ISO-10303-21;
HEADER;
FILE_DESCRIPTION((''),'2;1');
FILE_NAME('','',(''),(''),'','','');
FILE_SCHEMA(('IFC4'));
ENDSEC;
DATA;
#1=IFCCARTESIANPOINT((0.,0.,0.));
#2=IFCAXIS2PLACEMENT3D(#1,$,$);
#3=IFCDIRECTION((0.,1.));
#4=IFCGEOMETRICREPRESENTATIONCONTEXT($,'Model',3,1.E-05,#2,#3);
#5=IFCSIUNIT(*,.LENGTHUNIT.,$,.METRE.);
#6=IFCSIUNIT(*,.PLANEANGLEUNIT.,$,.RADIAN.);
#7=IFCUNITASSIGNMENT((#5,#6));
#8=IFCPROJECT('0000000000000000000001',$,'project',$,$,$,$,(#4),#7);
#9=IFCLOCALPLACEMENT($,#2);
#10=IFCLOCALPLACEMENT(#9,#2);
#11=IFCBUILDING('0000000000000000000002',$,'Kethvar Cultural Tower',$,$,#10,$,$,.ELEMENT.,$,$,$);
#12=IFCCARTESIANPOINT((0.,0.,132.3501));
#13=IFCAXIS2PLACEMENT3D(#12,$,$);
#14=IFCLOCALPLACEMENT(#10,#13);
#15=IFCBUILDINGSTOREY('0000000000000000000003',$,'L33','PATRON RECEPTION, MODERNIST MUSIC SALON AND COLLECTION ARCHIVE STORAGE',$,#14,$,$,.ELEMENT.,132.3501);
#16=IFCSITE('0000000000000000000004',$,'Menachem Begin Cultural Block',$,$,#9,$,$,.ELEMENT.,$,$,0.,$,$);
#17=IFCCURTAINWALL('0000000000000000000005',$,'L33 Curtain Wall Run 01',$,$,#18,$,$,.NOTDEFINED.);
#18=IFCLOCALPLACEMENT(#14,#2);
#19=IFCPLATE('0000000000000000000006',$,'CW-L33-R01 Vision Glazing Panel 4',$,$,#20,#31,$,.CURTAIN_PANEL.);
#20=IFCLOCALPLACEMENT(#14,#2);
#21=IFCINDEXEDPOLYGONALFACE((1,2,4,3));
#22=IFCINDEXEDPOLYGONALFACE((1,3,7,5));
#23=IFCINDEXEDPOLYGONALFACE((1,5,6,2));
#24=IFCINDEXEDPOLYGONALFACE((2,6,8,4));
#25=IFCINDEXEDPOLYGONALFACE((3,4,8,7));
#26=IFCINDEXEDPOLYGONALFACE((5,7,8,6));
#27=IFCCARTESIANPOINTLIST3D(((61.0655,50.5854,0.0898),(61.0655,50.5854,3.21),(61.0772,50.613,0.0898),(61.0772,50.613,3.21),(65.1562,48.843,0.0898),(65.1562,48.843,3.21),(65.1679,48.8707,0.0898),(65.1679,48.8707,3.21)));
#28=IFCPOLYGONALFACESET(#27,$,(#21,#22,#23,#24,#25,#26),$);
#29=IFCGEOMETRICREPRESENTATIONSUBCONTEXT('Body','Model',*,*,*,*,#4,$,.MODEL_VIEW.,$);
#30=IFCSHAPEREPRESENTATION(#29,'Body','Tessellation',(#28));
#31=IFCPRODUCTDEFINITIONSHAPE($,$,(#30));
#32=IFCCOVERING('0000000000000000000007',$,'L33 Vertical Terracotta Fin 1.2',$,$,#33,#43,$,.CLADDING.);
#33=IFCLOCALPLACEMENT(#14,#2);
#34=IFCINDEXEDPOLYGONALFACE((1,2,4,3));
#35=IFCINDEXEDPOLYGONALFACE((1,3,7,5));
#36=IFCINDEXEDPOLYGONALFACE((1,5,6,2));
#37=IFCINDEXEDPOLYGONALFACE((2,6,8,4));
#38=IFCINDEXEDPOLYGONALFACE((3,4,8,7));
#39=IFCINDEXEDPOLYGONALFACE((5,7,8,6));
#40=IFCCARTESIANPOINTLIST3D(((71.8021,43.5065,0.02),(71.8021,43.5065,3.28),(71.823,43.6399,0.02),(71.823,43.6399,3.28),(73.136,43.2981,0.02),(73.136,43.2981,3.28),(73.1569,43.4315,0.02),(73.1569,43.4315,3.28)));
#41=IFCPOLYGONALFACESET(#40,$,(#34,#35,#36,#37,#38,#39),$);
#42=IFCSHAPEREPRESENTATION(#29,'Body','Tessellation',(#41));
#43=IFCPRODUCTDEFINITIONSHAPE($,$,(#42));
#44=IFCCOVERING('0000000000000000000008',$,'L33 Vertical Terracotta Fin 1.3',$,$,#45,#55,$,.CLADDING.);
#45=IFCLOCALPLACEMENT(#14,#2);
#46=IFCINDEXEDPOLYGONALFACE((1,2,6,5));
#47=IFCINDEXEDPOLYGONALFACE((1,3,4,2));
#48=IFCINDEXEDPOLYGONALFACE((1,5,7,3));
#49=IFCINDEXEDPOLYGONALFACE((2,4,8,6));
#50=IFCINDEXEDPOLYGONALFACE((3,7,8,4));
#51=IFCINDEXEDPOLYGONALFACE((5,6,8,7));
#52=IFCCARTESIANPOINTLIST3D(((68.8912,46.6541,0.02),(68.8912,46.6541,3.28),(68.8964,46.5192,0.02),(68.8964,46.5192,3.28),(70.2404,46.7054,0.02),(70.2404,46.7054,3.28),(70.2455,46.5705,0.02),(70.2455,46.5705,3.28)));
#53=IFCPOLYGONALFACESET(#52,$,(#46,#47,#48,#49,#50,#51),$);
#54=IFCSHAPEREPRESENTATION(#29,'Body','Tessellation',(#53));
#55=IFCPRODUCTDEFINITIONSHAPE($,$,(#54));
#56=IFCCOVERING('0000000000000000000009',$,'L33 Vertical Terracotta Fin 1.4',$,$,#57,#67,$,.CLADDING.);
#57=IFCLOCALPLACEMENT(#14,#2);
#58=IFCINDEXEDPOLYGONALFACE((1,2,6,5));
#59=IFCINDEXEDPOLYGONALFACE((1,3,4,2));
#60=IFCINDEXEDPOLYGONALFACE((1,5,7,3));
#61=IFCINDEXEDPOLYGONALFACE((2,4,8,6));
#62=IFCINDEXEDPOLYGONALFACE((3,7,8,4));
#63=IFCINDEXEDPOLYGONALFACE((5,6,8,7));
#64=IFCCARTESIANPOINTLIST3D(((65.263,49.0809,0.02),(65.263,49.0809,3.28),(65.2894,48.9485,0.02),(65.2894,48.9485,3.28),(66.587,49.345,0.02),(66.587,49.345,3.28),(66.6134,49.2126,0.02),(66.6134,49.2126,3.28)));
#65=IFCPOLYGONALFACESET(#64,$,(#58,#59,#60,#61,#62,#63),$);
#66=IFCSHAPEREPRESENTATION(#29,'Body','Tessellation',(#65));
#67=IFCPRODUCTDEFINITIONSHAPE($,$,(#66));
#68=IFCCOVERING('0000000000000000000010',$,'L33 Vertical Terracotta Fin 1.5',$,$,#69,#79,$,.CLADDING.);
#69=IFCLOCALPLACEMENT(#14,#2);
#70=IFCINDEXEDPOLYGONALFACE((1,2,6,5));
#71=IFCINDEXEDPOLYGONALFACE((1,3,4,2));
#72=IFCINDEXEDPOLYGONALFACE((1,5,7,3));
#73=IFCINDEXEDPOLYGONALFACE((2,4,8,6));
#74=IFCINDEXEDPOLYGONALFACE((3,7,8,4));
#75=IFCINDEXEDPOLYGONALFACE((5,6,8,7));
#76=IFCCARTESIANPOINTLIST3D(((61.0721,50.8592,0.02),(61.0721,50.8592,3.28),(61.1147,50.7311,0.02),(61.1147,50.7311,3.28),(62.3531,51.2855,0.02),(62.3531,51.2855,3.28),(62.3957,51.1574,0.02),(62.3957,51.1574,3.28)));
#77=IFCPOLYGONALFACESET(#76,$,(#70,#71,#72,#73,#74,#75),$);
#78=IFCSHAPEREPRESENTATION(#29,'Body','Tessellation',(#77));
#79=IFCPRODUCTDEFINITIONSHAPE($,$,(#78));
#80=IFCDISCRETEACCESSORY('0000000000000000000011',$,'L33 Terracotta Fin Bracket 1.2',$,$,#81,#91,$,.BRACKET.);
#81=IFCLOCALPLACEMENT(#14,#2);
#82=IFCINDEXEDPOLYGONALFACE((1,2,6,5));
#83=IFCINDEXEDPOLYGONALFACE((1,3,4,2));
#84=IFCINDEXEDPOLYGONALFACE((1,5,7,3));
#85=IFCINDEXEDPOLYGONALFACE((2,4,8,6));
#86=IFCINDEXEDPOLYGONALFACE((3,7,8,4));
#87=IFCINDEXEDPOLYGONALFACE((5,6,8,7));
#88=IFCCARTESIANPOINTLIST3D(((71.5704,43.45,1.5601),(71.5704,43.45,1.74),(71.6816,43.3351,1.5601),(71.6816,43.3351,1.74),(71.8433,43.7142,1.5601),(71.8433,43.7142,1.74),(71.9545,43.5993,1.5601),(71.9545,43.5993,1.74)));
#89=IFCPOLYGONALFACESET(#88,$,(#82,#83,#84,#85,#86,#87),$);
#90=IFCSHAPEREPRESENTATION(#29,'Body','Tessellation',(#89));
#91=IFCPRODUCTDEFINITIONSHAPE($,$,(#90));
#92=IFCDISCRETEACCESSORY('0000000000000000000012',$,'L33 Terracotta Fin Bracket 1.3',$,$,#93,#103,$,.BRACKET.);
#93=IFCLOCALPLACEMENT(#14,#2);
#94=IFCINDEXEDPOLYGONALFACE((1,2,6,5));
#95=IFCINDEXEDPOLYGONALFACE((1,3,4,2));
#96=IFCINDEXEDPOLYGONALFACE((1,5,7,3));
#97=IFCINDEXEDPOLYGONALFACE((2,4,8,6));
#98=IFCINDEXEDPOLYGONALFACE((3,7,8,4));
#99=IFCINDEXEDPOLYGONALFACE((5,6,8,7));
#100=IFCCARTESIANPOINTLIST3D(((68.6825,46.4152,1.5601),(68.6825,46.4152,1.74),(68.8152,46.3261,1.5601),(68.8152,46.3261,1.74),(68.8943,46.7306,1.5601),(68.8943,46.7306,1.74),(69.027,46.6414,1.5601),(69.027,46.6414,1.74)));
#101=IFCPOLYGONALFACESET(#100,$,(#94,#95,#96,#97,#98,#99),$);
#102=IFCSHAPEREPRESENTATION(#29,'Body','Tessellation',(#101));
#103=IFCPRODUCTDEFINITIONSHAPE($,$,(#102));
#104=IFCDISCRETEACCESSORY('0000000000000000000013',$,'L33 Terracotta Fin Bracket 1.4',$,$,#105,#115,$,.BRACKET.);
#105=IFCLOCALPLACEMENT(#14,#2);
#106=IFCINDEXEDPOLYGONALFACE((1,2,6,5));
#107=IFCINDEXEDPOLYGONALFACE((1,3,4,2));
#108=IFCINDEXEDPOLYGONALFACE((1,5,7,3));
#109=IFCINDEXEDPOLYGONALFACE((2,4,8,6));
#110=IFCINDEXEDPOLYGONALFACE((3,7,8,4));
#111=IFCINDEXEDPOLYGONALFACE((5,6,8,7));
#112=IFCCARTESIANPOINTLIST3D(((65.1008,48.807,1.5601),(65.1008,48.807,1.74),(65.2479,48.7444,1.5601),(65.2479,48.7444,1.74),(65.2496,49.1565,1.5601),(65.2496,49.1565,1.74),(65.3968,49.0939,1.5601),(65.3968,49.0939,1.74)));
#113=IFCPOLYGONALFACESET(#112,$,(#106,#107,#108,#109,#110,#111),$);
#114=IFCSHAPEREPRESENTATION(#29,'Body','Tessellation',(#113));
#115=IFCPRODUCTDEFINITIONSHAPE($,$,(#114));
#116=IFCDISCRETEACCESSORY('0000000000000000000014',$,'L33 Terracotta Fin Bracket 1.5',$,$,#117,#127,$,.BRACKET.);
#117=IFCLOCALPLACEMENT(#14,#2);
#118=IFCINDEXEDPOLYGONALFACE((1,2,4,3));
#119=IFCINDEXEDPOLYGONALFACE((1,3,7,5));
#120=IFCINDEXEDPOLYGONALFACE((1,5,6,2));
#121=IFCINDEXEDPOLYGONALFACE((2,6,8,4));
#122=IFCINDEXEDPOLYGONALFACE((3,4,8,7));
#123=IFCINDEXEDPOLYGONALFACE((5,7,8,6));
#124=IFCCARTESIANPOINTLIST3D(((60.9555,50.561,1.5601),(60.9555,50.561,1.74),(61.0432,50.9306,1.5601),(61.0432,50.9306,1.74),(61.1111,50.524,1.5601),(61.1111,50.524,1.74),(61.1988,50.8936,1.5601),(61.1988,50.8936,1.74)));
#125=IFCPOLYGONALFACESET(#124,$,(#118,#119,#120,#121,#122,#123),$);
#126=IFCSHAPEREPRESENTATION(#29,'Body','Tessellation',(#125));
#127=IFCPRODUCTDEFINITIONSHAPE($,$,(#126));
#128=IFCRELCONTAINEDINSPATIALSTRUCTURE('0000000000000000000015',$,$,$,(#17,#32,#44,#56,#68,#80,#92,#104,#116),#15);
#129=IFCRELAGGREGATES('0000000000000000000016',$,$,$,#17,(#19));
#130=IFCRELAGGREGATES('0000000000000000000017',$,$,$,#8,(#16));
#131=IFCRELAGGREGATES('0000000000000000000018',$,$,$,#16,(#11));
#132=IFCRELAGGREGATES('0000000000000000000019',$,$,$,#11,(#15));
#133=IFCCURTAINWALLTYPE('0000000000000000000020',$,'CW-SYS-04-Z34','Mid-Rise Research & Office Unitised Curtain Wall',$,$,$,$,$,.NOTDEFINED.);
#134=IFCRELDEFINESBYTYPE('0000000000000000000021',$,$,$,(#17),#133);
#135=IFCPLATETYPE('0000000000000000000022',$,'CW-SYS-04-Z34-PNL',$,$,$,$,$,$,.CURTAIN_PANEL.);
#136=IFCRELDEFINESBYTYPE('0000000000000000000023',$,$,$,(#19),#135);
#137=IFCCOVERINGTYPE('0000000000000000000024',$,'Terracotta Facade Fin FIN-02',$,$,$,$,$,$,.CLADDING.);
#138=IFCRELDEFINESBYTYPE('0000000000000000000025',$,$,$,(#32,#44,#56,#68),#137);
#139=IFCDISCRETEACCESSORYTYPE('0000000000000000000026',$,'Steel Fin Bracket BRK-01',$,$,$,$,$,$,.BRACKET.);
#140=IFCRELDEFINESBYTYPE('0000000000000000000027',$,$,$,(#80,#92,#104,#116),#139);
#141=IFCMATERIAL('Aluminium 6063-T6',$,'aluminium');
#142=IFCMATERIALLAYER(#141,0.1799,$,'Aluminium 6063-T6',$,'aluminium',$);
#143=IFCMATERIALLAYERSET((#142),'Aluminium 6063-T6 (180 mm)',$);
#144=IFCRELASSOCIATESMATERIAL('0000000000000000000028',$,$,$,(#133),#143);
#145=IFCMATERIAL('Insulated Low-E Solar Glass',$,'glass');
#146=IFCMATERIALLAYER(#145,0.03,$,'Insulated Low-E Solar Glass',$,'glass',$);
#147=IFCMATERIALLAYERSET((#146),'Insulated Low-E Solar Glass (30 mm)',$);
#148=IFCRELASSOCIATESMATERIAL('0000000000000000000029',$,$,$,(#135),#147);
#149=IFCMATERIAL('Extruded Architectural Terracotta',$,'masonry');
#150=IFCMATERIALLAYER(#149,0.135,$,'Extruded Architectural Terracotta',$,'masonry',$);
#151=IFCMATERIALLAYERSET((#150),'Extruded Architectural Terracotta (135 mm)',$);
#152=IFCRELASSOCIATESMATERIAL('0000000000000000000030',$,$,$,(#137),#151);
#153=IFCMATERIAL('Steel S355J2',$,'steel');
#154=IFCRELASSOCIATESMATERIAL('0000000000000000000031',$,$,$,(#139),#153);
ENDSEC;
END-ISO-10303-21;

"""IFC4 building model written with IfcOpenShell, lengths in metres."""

from ifc_helpers import new_model, si_unit, direction, frame, origin, origin_2d, place, context, subcontext, project, spatial, rectangle, extrude, source, transform, mapped, material, layer, layer_set, type_object, element, aggregate, save


model = new_model("IFC4")

# Units and contexts
model_context = context("Model", 3, precision=1e-05, world=origin(), true_north=direction((0.0, 1.0)))
body_context = subcontext(model_context, "Body", "Model", "MODEL_VIEW")
ifc_project = project(units=[si_unit("LENGTHUNIT", "METRE"), si_unit("PLANEANGLEUNIT", "RADIAN")], contexts=[model_context])

# Site, building, storey
site_placement = place(None, origin())
site = spatial("IfcSite", under=ifc_project, at=site_placement, Name="Menachem Begin Cultural Block", CompositionType="ELEMENT", RefElevation=0.0)
building_placement = place(site_placement, origin())
building = spatial("IfcBuilding", under=site, at=building_placement, Name="Kethvar Cultural Tower", CompositionType="ELEMENT")
storey_placement = place(building_placement, frame((0.0, 0.0, 132.3501)))
storey = spatial("IfcBuildingStorey", under=building, at=storey_placement, Name="L33", Description="PATRON RECEPTION, MODERNIST MUSIC SALON AND COLLECTION ARCHIVE STORAGE", CompositionType="ELEMENT", Elevation=132.3501)

# Shared definitions
ifc_material_1 = material(Name="Steel S355J2", Category="steel")

# Curtain wall, plate
ifc_material_2 = material(Name="Aluminium 6063-T6", Category="aluminium")
ifc_layer_1 = layer(ifc_material_2, 0.1799, Name="Aluminium 6063-T6", Category="aluminium")
ifc_layer_set_1 = layer_set([ifc_layer_1], Name="Aluminium 6063-T6 (180 mm)")
curtain_wall_type = type_object("IfcCurtainWallType", Name="CW-SYS-04-Z34", Description="Mid-Rise Research & Office Unitised Curtain Wall", PredefinedType="NOTDEFINED", material=ifc_layer_set_1)
curtain_wall_placement = place(storey_placement, origin())
curtain_wall = element("IfcCurtainWall", 1, at=curtain_wall_placement, inside=storey, type_object=curtain_wall_type, Name="L33 Curtain Wall Run 01", PredefinedType="NOTDEFINED")
ifc_material_3 = material(Name="Insulated Low-E Solar Glass", Category="glass")
ifc_layer_2 = layer(ifc_material_3, 0.03, Name="Insulated Low-E Solar Glass", Category="glass")
ifc_layer_set_2 = layer_set([ifc_layer_2], Name="Insulated Low-E Solar Glass (30 mm)")
plate_type = type_object("IfcPlateType", Name="CW-SYS-04-Z34-PNL", PredefinedType="CURTAIN_PANEL", material=ifc_layer_set_2)
shared_shape_1 = source(origin(), body_context, "Body", "SweptSolid", [
    extrude(rectangle(XDim=4.4463, YDim=0.03, at=origin_2d()), origin(), (0.0, 0.0, 1.0), 3.1201),
])
plate_1_placement = place(storey_placement, frame((63.1167, 49.728, 0.0898), z_axis=(0.0, 0.0, 1.0), x_axis=(-0.92002, 0.391872, 0.0)))
plate_1 = element("IfcPlate", 2, at=plate_1_placement, type_object=plate_type, Name="CW-L33-R01 Vision Glazing Panel 4", PredefinedType="CURTAIN_PANEL", context=body_context, shape_type="MappedRepresentation", body=[
    mapped(shared_shape_1, transform((0.0, 0.0, 0.0), scale=1.0)),
])
aggregate(curtain_wall, [plate_1])

# Coverings
ifc_material_4 = material(Name="Extruded Architectural Terracotta", Category="masonry")
ifc_layer_3 = layer(ifc_material_4, 0.135, Name="Extruded Architectural Terracotta", Category="masonry")
ifc_layer_set_3 = layer_set([ifc_layer_3], Name="Extruded Architectural Terracotta (135 mm)")
covering_type = type_object("IfcCoveringType", Name="Terracotta Facade Fin FIN-02", PredefinedType="CLADDING", material=ifc_layer_set_3)
shared_shape_2 = source(origin(), body_context, "Body", "SweptSolid", [
    extrude(rectangle(XDim=1.3501, YDim=0.135, at=origin_2d()), origin(), (0.0, 0.0, 1.0), 3.26),
])
for number, where, z_axis, x_axis, name in (
    (3, (72.4795, 43.469, 0.02), (0.0, 0.0, 1.0), (0.988014, -0.154366, 0.0), "L33 Vertical Terracotta Fin 1.2"),
    (4, (69.5684, 46.6123, 0.02), (0.0, 0.0, 1.0), (0.999276, 0.038039, 0.0), "L33 Vertical Terracotta Fin 1.3"),
    (5, (65.9382, 49.1467, 0.02), (0.0, 0.0, 1.0), (0.980683, 0.195604, 0.0), "L33 Vertical Terracotta Fin 1.4"),
    (6, (61.7339, 51.0083, 0.02), (0.0, 0.0, 1.0), (0.948821, 0.315815, 0.0), "L33 Vertical Terracotta Fin 1.5"),
):
    element("IfcCovering", number, at=place(storey_placement, frame(where, z_axis=z_axis, x_axis=x_axis)), inside=storey, type_object=covering_type, Name=name, PredefinedType="CLADDING", context=body_context, shape_type="MappedRepresentation", body=[
        mapped(shared_shape_2, transform((0.0, 0.0, 0.0), scale=1.0)),
    ])

# Discrete accessories
discrete_accessory_type = type_object("IfcDiscreteAccessoryType", Name="Steel Fin Bracket BRK-01", PredefinedType="BRACKET", material=ifc_material_1)
shared_shape_3 = source(origin(), body_context, "Body", "SweptSolid", [
    extrude(rectangle(XDim=0.3799, YDim=0.1599, at=origin_2d()), origin(), (0.0, 0.0, 1.0), 0.1799),
])
for number, where, z_axis, x_axis, name in (
    (7, (71.7625, 43.5247, 1.5601), (0.0, 0.0, 1.0), (0.718491, 0.695537, 0.0), "L33 Terracotta Fin Bracket 1.2"),
    (8, (68.8547, 46.5283, 1.5601), (0.0, 0.0, 1.0), (0.5576, 0.83011, 0.0), "L33 Terracotta Fin Bracket 1.3"),
    (9, (65.2488, 48.9504, 1.5601), (0.0, 0.0, 1.0), (0.391855, 0.920027, 0.0), "L33 Terracotta Fin Bracket 1.4"),
    (10, (61.0771, 50.7273, 1.5601), (0.0, 0.0, 1.0), (0.231069, 0.972937, 0.0), "L33 Terracotta Fin Bracket 1.5"),
):
    element("IfcDiscreteAccessory", number, at=place(storey_placement, frame(where, z_axis=z_axis, x_axis=x_axis)), inside=storey, type_object=discrete_accessory_type, Name=name, PredefinedType="BRACKET", context=body_context, shape_type="MappedRepresentation", body=[
        mapped(shared_shape_3, transform((0.0, 0.0, 0.0), scale=1.0)),
    ])

save(model, "model.ifc")
